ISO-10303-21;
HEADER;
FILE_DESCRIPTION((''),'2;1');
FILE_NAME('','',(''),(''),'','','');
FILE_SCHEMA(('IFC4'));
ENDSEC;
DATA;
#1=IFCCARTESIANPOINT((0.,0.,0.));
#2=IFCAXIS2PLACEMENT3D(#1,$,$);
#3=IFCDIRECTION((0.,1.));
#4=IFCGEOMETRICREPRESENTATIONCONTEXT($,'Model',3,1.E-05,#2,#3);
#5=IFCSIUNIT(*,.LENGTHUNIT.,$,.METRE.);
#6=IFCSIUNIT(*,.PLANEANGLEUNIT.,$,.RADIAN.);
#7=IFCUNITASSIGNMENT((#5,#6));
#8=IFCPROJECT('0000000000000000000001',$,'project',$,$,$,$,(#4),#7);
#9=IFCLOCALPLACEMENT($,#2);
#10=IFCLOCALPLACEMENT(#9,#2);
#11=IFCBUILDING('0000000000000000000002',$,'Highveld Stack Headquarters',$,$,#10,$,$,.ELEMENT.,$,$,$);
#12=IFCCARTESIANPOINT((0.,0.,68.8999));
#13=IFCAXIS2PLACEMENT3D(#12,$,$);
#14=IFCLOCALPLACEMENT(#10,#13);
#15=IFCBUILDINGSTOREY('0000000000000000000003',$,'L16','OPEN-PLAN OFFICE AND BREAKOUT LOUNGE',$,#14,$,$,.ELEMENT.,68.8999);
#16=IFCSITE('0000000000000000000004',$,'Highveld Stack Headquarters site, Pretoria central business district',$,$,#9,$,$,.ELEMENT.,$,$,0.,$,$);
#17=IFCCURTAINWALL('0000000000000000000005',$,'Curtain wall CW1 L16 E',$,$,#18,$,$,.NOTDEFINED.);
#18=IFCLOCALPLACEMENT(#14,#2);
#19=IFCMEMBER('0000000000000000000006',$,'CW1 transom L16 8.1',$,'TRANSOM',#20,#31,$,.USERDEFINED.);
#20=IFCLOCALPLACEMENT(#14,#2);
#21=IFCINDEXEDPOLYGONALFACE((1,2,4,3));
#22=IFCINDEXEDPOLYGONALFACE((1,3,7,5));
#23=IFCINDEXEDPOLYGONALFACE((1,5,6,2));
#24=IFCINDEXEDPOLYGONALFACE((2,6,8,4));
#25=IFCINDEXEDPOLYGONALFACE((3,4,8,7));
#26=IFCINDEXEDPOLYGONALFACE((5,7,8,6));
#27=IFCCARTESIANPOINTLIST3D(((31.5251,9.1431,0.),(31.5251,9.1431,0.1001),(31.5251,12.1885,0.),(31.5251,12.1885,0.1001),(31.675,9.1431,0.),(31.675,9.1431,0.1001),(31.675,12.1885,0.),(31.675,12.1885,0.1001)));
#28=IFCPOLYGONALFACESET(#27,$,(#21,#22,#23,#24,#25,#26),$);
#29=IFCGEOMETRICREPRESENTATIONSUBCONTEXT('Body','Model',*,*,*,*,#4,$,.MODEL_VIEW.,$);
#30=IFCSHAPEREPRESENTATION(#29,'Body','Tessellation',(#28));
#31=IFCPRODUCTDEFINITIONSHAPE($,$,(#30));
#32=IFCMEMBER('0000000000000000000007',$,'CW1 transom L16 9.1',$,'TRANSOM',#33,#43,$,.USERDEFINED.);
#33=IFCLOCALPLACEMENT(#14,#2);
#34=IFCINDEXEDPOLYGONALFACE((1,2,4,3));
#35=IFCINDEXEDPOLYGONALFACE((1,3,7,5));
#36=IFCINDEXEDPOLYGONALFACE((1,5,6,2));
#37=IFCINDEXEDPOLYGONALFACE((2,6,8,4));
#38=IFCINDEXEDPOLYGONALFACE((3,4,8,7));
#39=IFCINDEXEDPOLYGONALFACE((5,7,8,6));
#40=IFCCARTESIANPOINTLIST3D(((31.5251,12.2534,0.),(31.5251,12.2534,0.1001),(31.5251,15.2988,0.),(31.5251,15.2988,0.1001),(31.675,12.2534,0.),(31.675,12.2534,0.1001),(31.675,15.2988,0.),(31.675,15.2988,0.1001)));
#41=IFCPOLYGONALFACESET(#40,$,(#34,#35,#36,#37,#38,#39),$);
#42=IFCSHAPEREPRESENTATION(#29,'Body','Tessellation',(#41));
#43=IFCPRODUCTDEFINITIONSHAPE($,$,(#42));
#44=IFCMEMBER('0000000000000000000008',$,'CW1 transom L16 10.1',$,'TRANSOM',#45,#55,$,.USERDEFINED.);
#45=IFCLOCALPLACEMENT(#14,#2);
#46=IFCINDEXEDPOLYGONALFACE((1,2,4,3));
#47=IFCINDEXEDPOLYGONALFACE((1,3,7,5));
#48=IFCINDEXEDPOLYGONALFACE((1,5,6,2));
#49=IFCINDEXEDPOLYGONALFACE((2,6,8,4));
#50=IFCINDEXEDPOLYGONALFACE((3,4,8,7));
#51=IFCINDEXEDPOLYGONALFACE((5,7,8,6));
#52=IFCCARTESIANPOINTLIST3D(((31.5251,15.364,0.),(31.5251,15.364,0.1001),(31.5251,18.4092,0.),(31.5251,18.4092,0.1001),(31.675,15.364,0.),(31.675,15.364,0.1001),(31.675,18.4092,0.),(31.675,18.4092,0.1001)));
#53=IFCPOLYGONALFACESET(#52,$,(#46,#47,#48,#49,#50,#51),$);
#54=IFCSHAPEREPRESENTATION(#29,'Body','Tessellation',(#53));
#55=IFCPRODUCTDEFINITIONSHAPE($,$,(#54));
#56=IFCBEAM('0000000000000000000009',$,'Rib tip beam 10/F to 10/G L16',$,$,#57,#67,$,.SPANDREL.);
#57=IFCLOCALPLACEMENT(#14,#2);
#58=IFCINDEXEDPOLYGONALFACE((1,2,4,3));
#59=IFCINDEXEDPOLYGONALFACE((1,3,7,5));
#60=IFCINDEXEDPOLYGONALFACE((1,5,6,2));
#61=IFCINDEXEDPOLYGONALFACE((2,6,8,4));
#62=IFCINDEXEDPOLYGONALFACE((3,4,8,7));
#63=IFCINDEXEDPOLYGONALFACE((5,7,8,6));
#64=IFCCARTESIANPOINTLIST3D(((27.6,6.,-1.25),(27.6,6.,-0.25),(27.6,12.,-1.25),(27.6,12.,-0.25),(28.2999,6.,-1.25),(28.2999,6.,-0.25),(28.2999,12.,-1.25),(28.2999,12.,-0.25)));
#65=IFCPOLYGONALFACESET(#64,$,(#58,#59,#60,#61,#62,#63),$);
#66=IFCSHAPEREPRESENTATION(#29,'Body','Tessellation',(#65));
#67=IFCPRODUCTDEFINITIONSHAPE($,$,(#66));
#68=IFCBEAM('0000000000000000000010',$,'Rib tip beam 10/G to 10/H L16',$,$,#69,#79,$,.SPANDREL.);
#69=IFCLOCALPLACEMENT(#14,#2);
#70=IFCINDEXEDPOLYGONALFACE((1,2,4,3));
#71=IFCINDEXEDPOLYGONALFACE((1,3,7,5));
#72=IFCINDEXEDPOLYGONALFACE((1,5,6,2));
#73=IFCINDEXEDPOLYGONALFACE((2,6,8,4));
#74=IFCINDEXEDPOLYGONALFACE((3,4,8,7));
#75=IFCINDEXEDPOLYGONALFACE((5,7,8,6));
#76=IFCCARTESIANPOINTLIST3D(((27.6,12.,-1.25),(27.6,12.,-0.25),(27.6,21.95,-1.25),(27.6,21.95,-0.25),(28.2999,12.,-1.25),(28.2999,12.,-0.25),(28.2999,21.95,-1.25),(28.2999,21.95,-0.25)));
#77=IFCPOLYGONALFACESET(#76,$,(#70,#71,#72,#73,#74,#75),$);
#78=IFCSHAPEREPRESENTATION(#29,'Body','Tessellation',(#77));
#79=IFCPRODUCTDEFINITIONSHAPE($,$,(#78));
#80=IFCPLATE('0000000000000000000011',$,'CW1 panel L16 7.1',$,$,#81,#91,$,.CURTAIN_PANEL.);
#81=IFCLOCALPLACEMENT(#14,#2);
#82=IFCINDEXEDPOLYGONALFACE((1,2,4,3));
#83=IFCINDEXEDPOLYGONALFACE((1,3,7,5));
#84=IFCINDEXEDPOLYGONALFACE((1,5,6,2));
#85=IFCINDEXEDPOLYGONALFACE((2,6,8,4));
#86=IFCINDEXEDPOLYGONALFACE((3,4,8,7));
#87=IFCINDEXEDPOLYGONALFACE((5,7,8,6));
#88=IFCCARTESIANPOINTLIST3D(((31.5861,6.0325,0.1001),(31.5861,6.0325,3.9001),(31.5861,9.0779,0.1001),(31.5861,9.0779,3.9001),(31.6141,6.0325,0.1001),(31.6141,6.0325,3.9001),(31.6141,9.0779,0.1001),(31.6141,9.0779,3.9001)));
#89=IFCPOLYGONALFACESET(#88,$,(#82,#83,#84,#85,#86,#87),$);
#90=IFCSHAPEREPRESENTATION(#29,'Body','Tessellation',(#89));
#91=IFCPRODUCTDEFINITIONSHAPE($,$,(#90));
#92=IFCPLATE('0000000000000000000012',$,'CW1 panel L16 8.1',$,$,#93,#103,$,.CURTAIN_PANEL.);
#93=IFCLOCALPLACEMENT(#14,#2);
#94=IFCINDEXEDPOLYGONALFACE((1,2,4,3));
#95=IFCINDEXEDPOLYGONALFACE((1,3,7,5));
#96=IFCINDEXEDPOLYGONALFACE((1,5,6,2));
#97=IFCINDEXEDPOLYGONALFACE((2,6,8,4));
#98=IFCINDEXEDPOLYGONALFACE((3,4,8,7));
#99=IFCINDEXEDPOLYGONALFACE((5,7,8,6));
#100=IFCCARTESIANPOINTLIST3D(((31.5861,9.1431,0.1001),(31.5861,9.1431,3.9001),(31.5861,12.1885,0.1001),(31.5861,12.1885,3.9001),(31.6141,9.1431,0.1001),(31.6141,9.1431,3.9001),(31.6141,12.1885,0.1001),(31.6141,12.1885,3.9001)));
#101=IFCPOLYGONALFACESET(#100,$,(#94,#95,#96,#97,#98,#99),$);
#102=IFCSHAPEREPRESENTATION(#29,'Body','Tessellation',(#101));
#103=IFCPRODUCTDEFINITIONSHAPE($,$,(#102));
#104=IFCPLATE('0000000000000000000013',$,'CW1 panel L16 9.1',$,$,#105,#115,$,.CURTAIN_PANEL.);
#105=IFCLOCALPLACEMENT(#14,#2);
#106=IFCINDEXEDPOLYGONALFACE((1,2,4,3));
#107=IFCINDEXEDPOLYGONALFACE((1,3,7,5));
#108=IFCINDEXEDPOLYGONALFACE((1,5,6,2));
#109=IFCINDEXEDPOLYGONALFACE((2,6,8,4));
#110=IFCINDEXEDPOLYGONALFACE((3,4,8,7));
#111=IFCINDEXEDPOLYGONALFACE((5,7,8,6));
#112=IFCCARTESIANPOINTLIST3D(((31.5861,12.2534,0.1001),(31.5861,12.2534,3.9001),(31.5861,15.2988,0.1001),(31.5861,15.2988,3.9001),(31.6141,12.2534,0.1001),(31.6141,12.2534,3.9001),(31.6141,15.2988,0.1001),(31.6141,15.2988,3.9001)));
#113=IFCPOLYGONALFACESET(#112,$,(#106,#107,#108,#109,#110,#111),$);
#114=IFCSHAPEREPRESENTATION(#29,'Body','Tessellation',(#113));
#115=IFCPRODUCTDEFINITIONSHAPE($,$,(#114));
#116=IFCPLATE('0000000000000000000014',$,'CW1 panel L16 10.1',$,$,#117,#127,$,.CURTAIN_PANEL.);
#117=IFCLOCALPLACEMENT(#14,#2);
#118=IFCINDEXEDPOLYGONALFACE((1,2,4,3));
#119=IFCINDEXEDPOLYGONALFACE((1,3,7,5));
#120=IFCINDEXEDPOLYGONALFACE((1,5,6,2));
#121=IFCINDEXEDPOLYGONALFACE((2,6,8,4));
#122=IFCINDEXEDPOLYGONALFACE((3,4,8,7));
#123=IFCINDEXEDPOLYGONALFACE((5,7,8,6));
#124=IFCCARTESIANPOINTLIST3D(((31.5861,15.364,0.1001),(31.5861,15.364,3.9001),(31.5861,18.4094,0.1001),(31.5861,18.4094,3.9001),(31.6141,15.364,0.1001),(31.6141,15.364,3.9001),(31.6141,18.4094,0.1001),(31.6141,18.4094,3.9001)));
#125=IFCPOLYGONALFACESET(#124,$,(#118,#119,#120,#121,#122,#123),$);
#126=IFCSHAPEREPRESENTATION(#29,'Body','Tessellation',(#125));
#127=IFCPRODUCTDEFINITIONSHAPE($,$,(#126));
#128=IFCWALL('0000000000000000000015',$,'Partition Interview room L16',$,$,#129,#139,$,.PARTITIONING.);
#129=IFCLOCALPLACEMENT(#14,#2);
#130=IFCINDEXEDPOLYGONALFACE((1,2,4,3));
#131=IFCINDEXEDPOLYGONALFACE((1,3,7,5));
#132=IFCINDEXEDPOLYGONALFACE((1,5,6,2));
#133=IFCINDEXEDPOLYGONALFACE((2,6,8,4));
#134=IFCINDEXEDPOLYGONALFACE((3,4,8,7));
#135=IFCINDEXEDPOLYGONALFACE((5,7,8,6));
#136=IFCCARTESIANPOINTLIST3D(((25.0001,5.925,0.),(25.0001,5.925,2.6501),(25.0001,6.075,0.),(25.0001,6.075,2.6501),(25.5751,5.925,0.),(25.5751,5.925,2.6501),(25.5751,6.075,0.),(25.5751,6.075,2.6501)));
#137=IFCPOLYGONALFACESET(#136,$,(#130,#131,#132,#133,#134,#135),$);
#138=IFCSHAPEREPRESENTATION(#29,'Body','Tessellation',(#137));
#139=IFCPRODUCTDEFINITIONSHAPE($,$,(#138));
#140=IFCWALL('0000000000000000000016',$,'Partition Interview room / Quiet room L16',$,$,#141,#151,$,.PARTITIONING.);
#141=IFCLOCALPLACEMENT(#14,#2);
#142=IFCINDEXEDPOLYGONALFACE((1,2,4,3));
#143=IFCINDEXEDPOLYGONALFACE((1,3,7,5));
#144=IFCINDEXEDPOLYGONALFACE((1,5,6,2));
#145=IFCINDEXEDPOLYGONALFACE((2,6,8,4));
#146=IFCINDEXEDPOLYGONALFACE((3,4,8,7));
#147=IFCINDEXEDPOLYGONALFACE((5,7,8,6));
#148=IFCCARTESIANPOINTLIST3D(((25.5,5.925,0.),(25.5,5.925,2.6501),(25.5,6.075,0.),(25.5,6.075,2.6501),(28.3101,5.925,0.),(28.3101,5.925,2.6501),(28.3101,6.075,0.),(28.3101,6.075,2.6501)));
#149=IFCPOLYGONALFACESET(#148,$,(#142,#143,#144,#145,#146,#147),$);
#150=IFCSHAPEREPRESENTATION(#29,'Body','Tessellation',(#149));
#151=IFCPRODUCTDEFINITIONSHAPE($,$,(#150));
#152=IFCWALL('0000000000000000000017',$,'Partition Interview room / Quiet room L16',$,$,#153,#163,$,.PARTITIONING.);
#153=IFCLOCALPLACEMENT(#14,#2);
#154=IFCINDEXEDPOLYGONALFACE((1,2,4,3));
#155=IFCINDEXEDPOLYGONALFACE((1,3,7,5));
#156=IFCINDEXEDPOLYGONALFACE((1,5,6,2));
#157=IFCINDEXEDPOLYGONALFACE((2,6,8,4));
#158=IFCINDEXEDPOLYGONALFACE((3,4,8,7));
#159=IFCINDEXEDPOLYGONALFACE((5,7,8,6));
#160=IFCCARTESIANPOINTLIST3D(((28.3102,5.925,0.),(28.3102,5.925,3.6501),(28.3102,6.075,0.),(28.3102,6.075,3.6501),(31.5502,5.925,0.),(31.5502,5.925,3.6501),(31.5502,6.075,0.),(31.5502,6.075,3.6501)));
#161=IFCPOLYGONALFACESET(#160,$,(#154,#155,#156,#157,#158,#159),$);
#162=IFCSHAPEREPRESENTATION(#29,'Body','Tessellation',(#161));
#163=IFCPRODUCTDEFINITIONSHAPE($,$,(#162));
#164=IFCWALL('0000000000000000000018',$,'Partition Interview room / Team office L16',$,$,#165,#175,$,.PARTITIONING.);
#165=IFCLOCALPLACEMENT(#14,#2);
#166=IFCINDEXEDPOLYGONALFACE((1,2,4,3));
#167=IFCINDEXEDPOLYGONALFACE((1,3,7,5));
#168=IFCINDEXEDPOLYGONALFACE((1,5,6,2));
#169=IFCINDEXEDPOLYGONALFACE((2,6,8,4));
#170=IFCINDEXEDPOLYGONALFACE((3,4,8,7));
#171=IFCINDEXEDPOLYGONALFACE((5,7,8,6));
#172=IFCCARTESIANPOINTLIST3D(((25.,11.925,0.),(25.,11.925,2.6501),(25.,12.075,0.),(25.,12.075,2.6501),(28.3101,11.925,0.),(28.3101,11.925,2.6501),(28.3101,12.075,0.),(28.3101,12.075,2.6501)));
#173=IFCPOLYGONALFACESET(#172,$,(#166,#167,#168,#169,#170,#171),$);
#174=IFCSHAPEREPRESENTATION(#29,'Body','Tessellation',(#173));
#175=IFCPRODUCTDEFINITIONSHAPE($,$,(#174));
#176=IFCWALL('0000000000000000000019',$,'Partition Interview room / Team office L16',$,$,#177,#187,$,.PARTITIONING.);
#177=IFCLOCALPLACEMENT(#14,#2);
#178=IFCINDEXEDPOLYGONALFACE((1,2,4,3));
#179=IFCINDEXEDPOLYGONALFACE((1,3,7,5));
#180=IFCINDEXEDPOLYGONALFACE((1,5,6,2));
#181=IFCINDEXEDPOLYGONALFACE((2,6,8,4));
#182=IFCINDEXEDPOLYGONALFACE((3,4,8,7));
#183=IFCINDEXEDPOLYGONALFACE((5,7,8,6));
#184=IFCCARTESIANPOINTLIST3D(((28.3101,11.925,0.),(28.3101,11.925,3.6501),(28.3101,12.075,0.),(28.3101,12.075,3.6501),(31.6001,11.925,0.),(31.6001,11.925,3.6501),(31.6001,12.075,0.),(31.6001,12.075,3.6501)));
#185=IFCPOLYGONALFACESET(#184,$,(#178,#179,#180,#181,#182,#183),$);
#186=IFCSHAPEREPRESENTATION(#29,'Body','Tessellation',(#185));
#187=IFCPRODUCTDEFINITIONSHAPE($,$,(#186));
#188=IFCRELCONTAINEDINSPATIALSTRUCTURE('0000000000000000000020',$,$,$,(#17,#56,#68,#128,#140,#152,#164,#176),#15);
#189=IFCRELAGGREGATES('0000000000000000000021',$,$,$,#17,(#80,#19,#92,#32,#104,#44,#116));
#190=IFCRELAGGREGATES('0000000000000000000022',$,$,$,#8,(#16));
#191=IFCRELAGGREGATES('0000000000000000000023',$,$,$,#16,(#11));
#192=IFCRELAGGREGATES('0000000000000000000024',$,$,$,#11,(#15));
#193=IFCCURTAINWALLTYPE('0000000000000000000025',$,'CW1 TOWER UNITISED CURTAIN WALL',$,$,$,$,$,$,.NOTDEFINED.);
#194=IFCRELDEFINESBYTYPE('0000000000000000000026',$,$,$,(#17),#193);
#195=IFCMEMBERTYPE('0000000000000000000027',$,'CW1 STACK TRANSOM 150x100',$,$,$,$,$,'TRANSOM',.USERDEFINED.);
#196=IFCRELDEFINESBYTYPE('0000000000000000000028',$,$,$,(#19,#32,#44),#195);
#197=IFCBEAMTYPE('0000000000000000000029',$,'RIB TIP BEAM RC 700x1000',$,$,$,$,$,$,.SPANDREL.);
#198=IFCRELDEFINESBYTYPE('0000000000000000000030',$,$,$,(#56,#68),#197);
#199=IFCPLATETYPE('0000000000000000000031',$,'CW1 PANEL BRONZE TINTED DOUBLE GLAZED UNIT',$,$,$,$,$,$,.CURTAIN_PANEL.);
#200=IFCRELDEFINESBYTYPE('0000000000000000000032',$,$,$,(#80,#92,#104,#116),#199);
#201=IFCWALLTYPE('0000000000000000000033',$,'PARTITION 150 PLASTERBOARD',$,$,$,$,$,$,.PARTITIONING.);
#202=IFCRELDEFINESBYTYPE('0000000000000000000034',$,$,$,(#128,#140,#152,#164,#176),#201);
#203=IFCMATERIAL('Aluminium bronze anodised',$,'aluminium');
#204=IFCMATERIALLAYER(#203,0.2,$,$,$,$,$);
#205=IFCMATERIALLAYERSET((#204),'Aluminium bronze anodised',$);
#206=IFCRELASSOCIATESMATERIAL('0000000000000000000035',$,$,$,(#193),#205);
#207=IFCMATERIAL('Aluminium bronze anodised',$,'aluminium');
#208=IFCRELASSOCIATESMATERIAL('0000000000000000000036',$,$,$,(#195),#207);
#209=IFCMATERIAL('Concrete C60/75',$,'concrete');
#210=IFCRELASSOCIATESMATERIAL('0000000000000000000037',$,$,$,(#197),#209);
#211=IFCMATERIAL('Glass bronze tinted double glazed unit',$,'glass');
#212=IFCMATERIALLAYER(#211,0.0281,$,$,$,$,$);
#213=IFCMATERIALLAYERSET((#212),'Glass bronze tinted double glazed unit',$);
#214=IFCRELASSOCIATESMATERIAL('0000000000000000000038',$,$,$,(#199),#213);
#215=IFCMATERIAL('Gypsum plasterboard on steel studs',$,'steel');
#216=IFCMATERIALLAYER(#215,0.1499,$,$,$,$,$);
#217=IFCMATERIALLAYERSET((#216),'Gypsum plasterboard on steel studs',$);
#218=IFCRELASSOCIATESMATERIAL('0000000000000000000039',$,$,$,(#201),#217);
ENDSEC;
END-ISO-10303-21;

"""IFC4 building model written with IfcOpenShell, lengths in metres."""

from ifc_helpers import new_model, si_unit, direction, frame, frame_2d, origin, origin_2d, place, context, subcontext, project, spatial, rectangle, extrude, material, layer, layer_set, material_profile, profile_set, type_object, element, aggregate, save


model = new_model("IFC4")

# Units and contexts
model_context = context("Model", 3, precision=1e-05, world=origin(), true_north=direction((0.0, 1.0)))
body_context = subcontext(model_context, "Body", "Model", "MODEL_VIEW")
ifc_project = project(units=[si_unit("LENGTHUNIT", "METRE"), si_unit("PLANEANGLEUNIT", "RADIAN")], contexts=[model_context])

# Site, building, storey
site_placement = place(None, origin())
site = spatial("IfcSite", under=ifc_project, at=site_placement, Name="Highveld Stack Headquarters site, Pretoria central business district", CompositionType="ELEMENT", RefElevation=0.0)
building_placement = place(site_placement, origin())
building = spatial("IfcBuilding", under=site, at=building_placement, Name="Highveld Stack Headquarters", CompositionType="ELEMENT")
storey_placement = place(building_placement, frame((0.0, 0.0, 68.8999)))
storey = spatial("IfcBuildingStorey", under=building, at=storey_placement, Name="L16", Description="OPEN-PLAN OFFICE AND BREAKOUT LOUNGE", CompositionType="ELEMENT", Elevation=68.8999)

# Curtain wall, members
ifc_material_1 = material(Name="Aluminium bronze anodised", Category="aluminium")
ifc_layer_1 = layer(ifc_material_1, 0.2)
ifc_layer_set_1 = layer_set([ifc_layer_1], Name="Aluminium bronze anodised")
curtain_wall_type = type_object("IfcCurtainWallType", Name="CW1 TOWER UNITISED CURTAIN WALL", PredefinedType="NOTDEFINED", material=ifc_layer_set_1)
curtain_wall_placement = place(storey_placement, origin())
curtain_wall = element("IfcCurtainWall", 1, at=curtain_wall_placement, inside=storey, type_object=curtain_wall_type, Name="Curtain wall CW1 L16 E", PredefinedType="NOTDEFINED")
ifc_material_2 = material(Name="Aluminium bronze anodised", Category="aluminium")
ifc_material_profile_1 = material_profile(ifc_material_2, rectangle(XDim=0.1499, YDim=0.1001, at=origin_2d()), Name="CW1 TRANSOM 150x100")
ifc_profile_set_1 = profile_set([ifc_material_profile_1], Name="Aluminium bronze anodised")
member_type_1 = type_object("IfcMemberType", Name="CW1 STACK TRANSOM 150x100", ElementType="TRANSOM", PredefinedType="USERDEFINED", material=ifc_profile_set_1)
member_1_placement = place(storey_placement, frame((31.6001, 9.1431, 0.05), z_axis=(0.0, 1.0, 0.0), x_axis=(-1.0, 0.0, 0.0)))
member_1 = element("IfcMember", 2, at=member_1_placement, type_object=member_type_1, Name="CW1 transom L16 8.1", ObjectType="TRANSOM", PredefinedType="USERDEFINED", context=body_context, shape_type="SweptSolid", body=[
    extrude(rectangle(XDim=0.1499, YDim=0.1001, at=origin_2d()), origin(), (0.0, 0.0, 1.0), 3.0454),
])
member_2_placement = place(storey_placement, frame((31.6001, 12.2534, 0.05), z_axis=(0.0, 1.0, 0.0), x_axis=(-1.0, 0.0, 0.0)))
member_2 = element("IfcMember", 3, at=member_2_placement, type_object=member_type_1, Name="CW1 transom L16 9.1", ObjectType="TRANSOM", PredefinedType="USERDEFINED", context=body_context, shape_type="SweptSolid", body=[
    extrude(rectangle(XDim=0.1499, YDim=0.1001, at=origin_2d()), origin(), (0.0, 0.0, 1.0), 3.0454),
])
member_3_placement = place(storey_placement, frame((31.6001, 15.364, 0.05), z_axis=(0.0, 1.0, 0.0), x_axis=(-1.0, 0.0, 0.0)))
member_3 = element("IfcMember", 4, at=member_3_placement, type_object=member_type_1, Name="CW1 transom L16 10.1", ObjectType="TRANSOM", PredefinedType="USERDEFINED", context=body_context, shape_type="SweptSolid", body=[
    extrude(rectangle(XDim=0.1499, YDim=0.1001, at=origin_2d()), origin(), (0.0, 0.0, 1.0), 3.0452),
])

# Beams
ifc_material_3 = material(Name="Concrete C60/75", Category="concrete")
ifc_material_profile_2 = material_profile(ifc_material_3, rectangle(XDim=0.7, YDim=1.0, at=origin_2d()), Name="RC 700x1000")
ifc_profile_set_2 = profile_set([ifc_material_profile_2], Name="Concrete C60/75")
beam_type_1 = type_object("IfcBeamType", Name="RIB TIP BEAM RC 700x1000", PredefinedType="SPANDREL", material=ifc_profile_set_2)
beam_1_placement = place(storey_placement, frame((27.95, 6.0, -0.75), z_axis=(0.0, 1.0, 0.0), x_axis=(-1.0, 0.0, 0.0)))
element("IfcBeam", 5, at=beam_1_placement, inside=storey, type_object=beam_type_1, Name="Rib tip beam 10/F to 10/G L16", PredefinedType="SPANDREL", context=body_context, shape_type="SweptSolid", body=[
    extrude(rectangle(XDim=0.7, YDim=1.0, at=origin_2d()), origin(), (0.0, 0.0, 1.0), 6.0),
])
beam_2_placement = place(storey_placement, frame((27.95, 12.0, -0.75), z_axis=(0.0, 1.0, 0.0), x_axis=(-1.0, 0.0, 0.0)))
element("IfcBeam", 6, at=beam_2_placement, inside=storey, type_object=beam_type_1, Name="Rib tip beam 10/G to 10/H L16", PredefinedType="SPANDREL", context=body_context, shape_type="SweptSolid", body=[
    extrude(rectangle(XDim=0.7, YDim=1.0, at=origin_2d()), origin(), (0.0, 0.0, 1.0), 9.95),
])

# Plates
ifc_material_4 = material(Name="Glass bronze tinted double glazed unit", Category="glass")
ifc_layer_2 = layer(ifc_material_4, 0.0281)
ifc_layer_set_2 = layer_set([ifc_layer_2], Name="Glass bronze tinted double glazed unit")
plate_type = type_object("IfcPlateType", Name="CW1 PANEL BRONZE TINTED DOUBLE GLAZED UNIT", PredefinedType="CURTAIN_PANEL", material=ifc_layer_set_2)
plate_1_placement = place(storey_placement, frame((31.6001, 7.5552, 0.1001), z_axis=(0.0, 0.0, 1.0), x_axis=(0.0, 1.0, 0.0)))
plate_1 = element("IfcPlate", 7, at=plate_1_placement, type_object=plate_type, Name="CW1 panel L16 7.1", PredefinedType="CURTAIN_PANEL", context=body_context, shape_type="SweptSolid", body=[
    extrude(rectangle(XDim=3.0454, YDim=0.0281, at=origin_2d()), origin(), (0.0, 0.0, 1.0), 3.8),
])
plate_2_placement = place(storey_placement, frame((31.6001, 10.6658, 0.1001), z_axis=(0.0, 0.0, 1.0), x_axis=(0.0, 1.0, 0.0)))
plate_2 = element("IfcPlate", 8, at=plate_2_placement, type_object=plate_type, Name="CW1 panel L16 8.1", PredefinedType="CURTAIN_PANEL", context=body_context, shape_type="SweptSolid", body=[
    extrude(rectangle(XDim=3.0454, YDim=0.0281, at=origin_2d()), origin(), (0.0, 0.0, 1.0), 3.8),
])
plate_3_placement = place(storey_placement, frame((31.6001, 13.7761, 0.1001), z_axis=(0.0, 0.0, 1.0), x_axis=(0.0, 1.0, 0.0)))
plate_3 = element("IfcPlate", 9, at=plate_3_placement, type_object=plate_type, Name="CW1 panel L16 9.1", PredefinedType="CURTAIN_PANEL", context=body_context, shape_type="SweptSolid", body=[
    extrude(rectangle(XDim=3.0454, YDim=0.0281, at=origin_2d()), origin(), (0.0, 0.0, 1.0), 3.8),
])
plate_4_placement = place(storey_placement, frame((31.6001, 16.8867, 0.1001), z_axis=(0.0, 0.0, 1.0), x_axis=(0.0, 1.0, 0.0)))
plate_4 = element("IfcPlate", 10, at=plate_4_placement, type_object=plate_type, Name="CW1 panel L16 10.1", PredefinedType="CURTAIN_PANEL", context=body_context, shape_type="SweptSolid", body=[
    extrude(rectangle(XDim=3.0454, YDim=0.0281, at=origin_2d()), origin(), (0.0, 0.0, 1.0), 3.8),
])
aggregate(curtain_wall, [plate_1, member_1, plate_2, member_2, plate_3, member_3, plate_4])

# Walls
ifc_material_5 = material(Name="Gypsum plasterboard on steel studs", Category="steel")
ifc_layer_3 = layer(ifc_material_5, 0.1499)
ifc_layer_set_3 = layer_set([ifc_layer_3], Name="Gypsum plasterboard on steel studs")
wall_type = type_object("IfcWallType", Name="PARTITION 150 PLASTERBOARD", PredefinedType="PARTITIONING", material=ifc_layer_set_3)
wall_1_placement = place(storey_placement, frame((25.0, 6.0, 0.0), z_axis=(0.0, 0.0, 1.0), x_axis=(1.0, 0.0, 0.0)))
element("IfcWall", 11, at=wall_1_placement, inside=storey, type_object=wall_type, Name="Partition Interview room L16", PredefinedType="PARTITIONING", context=body_context, shape_type="SweptSolid", body=[
    extrude(rectangle(XDim=0.575, YDim=0.1499, at=frame_2d((0.2876, 0.0))), origin(), (0.0, 0.0, 1.0), 2.6501),
])
wall_2_placement = place(storey_placement, frame((25.5, 6.0, 0.0), z_axis=(0.0, 0.0, 1.0), x_axis=(1.0, 0.0, 0.0)))
element("IfcWall", 12, at=wall_2_placement, inside=storey, type_object=wall_type, Name="Partition Interview room / Quiet room L16", PredefinedType="PARTITIONING", context=body_context, shape_type="SweptSolid", body=[
    extrude(rectangle(XDim=2.8101, YDim=0.1499, at=frame_2d((1.405, 0.0))), origin(), (0.0, 0.0, 1.0), 2.6501),
])
wall_3_placement = place(storey_placement, frame((28.3101, 6.0, 0.0), z_axis=(0.0, 0.0, 1.0), x_axis=(1.0, 0.0, 0.0)))
element("IfcWall", 13, at=wall_3_placement, inside=storey, type_object=wall_type, Name="Partition Interview room / Quiet room L16", PredefinedType="PARTITIONING", context=body_context, shape_type="SweptSolid", body=[
    extrude(rectangle(XDim=3.24, YDim=0.1499, at=frame_2d((1.6201, 0.0))), origin(), (0.0, 0.0, 1.0), 3.6501),
])
wall_4_placement = place(storey_placement, frame((25.0, 12.0, 0.0), z_axis=(0.0, 0.0, 1.0), x_axis=(1.0, 0.0, 0.0)))
element("IfcWall", 14, at=wall_4_placement, inside=storey, type_object=wall_type, Name="Partition Interview room / Team office L16", PredefinedType="PARTITIONING", context=body_context, shape_type="SweptSolid", body=[
    extrude(rectangle(XDim=3.3101, YDim=0.1499, at=frame_2d((1.655, 0.0))), origin(), (0.0, 0.0, 1.0), 2.6501),
])
wall_5_placement = place(storey_placement, frame((28.3101, 12.0, 0.0), z_axis=(0.0, 0.0, 1.0), x_axis=(1.0, 0.0, 0.0)))
element("IfcWall", 15, at=wall_5_placement, inside=storey, type_object=wall_type, Name="Partition Interview room / Team office L16", PredefinedType="PARTITIONING", context=body_context, shape_type="SweptSolid", body=[
    extrude(rectangle(XDim=3.29, YDim=0.1499, at=frame_2d((1.645, 0.0))), origin(), (0.0, 0.0, 1.0), 3.6501),
])

save(model, "model.ifc")
